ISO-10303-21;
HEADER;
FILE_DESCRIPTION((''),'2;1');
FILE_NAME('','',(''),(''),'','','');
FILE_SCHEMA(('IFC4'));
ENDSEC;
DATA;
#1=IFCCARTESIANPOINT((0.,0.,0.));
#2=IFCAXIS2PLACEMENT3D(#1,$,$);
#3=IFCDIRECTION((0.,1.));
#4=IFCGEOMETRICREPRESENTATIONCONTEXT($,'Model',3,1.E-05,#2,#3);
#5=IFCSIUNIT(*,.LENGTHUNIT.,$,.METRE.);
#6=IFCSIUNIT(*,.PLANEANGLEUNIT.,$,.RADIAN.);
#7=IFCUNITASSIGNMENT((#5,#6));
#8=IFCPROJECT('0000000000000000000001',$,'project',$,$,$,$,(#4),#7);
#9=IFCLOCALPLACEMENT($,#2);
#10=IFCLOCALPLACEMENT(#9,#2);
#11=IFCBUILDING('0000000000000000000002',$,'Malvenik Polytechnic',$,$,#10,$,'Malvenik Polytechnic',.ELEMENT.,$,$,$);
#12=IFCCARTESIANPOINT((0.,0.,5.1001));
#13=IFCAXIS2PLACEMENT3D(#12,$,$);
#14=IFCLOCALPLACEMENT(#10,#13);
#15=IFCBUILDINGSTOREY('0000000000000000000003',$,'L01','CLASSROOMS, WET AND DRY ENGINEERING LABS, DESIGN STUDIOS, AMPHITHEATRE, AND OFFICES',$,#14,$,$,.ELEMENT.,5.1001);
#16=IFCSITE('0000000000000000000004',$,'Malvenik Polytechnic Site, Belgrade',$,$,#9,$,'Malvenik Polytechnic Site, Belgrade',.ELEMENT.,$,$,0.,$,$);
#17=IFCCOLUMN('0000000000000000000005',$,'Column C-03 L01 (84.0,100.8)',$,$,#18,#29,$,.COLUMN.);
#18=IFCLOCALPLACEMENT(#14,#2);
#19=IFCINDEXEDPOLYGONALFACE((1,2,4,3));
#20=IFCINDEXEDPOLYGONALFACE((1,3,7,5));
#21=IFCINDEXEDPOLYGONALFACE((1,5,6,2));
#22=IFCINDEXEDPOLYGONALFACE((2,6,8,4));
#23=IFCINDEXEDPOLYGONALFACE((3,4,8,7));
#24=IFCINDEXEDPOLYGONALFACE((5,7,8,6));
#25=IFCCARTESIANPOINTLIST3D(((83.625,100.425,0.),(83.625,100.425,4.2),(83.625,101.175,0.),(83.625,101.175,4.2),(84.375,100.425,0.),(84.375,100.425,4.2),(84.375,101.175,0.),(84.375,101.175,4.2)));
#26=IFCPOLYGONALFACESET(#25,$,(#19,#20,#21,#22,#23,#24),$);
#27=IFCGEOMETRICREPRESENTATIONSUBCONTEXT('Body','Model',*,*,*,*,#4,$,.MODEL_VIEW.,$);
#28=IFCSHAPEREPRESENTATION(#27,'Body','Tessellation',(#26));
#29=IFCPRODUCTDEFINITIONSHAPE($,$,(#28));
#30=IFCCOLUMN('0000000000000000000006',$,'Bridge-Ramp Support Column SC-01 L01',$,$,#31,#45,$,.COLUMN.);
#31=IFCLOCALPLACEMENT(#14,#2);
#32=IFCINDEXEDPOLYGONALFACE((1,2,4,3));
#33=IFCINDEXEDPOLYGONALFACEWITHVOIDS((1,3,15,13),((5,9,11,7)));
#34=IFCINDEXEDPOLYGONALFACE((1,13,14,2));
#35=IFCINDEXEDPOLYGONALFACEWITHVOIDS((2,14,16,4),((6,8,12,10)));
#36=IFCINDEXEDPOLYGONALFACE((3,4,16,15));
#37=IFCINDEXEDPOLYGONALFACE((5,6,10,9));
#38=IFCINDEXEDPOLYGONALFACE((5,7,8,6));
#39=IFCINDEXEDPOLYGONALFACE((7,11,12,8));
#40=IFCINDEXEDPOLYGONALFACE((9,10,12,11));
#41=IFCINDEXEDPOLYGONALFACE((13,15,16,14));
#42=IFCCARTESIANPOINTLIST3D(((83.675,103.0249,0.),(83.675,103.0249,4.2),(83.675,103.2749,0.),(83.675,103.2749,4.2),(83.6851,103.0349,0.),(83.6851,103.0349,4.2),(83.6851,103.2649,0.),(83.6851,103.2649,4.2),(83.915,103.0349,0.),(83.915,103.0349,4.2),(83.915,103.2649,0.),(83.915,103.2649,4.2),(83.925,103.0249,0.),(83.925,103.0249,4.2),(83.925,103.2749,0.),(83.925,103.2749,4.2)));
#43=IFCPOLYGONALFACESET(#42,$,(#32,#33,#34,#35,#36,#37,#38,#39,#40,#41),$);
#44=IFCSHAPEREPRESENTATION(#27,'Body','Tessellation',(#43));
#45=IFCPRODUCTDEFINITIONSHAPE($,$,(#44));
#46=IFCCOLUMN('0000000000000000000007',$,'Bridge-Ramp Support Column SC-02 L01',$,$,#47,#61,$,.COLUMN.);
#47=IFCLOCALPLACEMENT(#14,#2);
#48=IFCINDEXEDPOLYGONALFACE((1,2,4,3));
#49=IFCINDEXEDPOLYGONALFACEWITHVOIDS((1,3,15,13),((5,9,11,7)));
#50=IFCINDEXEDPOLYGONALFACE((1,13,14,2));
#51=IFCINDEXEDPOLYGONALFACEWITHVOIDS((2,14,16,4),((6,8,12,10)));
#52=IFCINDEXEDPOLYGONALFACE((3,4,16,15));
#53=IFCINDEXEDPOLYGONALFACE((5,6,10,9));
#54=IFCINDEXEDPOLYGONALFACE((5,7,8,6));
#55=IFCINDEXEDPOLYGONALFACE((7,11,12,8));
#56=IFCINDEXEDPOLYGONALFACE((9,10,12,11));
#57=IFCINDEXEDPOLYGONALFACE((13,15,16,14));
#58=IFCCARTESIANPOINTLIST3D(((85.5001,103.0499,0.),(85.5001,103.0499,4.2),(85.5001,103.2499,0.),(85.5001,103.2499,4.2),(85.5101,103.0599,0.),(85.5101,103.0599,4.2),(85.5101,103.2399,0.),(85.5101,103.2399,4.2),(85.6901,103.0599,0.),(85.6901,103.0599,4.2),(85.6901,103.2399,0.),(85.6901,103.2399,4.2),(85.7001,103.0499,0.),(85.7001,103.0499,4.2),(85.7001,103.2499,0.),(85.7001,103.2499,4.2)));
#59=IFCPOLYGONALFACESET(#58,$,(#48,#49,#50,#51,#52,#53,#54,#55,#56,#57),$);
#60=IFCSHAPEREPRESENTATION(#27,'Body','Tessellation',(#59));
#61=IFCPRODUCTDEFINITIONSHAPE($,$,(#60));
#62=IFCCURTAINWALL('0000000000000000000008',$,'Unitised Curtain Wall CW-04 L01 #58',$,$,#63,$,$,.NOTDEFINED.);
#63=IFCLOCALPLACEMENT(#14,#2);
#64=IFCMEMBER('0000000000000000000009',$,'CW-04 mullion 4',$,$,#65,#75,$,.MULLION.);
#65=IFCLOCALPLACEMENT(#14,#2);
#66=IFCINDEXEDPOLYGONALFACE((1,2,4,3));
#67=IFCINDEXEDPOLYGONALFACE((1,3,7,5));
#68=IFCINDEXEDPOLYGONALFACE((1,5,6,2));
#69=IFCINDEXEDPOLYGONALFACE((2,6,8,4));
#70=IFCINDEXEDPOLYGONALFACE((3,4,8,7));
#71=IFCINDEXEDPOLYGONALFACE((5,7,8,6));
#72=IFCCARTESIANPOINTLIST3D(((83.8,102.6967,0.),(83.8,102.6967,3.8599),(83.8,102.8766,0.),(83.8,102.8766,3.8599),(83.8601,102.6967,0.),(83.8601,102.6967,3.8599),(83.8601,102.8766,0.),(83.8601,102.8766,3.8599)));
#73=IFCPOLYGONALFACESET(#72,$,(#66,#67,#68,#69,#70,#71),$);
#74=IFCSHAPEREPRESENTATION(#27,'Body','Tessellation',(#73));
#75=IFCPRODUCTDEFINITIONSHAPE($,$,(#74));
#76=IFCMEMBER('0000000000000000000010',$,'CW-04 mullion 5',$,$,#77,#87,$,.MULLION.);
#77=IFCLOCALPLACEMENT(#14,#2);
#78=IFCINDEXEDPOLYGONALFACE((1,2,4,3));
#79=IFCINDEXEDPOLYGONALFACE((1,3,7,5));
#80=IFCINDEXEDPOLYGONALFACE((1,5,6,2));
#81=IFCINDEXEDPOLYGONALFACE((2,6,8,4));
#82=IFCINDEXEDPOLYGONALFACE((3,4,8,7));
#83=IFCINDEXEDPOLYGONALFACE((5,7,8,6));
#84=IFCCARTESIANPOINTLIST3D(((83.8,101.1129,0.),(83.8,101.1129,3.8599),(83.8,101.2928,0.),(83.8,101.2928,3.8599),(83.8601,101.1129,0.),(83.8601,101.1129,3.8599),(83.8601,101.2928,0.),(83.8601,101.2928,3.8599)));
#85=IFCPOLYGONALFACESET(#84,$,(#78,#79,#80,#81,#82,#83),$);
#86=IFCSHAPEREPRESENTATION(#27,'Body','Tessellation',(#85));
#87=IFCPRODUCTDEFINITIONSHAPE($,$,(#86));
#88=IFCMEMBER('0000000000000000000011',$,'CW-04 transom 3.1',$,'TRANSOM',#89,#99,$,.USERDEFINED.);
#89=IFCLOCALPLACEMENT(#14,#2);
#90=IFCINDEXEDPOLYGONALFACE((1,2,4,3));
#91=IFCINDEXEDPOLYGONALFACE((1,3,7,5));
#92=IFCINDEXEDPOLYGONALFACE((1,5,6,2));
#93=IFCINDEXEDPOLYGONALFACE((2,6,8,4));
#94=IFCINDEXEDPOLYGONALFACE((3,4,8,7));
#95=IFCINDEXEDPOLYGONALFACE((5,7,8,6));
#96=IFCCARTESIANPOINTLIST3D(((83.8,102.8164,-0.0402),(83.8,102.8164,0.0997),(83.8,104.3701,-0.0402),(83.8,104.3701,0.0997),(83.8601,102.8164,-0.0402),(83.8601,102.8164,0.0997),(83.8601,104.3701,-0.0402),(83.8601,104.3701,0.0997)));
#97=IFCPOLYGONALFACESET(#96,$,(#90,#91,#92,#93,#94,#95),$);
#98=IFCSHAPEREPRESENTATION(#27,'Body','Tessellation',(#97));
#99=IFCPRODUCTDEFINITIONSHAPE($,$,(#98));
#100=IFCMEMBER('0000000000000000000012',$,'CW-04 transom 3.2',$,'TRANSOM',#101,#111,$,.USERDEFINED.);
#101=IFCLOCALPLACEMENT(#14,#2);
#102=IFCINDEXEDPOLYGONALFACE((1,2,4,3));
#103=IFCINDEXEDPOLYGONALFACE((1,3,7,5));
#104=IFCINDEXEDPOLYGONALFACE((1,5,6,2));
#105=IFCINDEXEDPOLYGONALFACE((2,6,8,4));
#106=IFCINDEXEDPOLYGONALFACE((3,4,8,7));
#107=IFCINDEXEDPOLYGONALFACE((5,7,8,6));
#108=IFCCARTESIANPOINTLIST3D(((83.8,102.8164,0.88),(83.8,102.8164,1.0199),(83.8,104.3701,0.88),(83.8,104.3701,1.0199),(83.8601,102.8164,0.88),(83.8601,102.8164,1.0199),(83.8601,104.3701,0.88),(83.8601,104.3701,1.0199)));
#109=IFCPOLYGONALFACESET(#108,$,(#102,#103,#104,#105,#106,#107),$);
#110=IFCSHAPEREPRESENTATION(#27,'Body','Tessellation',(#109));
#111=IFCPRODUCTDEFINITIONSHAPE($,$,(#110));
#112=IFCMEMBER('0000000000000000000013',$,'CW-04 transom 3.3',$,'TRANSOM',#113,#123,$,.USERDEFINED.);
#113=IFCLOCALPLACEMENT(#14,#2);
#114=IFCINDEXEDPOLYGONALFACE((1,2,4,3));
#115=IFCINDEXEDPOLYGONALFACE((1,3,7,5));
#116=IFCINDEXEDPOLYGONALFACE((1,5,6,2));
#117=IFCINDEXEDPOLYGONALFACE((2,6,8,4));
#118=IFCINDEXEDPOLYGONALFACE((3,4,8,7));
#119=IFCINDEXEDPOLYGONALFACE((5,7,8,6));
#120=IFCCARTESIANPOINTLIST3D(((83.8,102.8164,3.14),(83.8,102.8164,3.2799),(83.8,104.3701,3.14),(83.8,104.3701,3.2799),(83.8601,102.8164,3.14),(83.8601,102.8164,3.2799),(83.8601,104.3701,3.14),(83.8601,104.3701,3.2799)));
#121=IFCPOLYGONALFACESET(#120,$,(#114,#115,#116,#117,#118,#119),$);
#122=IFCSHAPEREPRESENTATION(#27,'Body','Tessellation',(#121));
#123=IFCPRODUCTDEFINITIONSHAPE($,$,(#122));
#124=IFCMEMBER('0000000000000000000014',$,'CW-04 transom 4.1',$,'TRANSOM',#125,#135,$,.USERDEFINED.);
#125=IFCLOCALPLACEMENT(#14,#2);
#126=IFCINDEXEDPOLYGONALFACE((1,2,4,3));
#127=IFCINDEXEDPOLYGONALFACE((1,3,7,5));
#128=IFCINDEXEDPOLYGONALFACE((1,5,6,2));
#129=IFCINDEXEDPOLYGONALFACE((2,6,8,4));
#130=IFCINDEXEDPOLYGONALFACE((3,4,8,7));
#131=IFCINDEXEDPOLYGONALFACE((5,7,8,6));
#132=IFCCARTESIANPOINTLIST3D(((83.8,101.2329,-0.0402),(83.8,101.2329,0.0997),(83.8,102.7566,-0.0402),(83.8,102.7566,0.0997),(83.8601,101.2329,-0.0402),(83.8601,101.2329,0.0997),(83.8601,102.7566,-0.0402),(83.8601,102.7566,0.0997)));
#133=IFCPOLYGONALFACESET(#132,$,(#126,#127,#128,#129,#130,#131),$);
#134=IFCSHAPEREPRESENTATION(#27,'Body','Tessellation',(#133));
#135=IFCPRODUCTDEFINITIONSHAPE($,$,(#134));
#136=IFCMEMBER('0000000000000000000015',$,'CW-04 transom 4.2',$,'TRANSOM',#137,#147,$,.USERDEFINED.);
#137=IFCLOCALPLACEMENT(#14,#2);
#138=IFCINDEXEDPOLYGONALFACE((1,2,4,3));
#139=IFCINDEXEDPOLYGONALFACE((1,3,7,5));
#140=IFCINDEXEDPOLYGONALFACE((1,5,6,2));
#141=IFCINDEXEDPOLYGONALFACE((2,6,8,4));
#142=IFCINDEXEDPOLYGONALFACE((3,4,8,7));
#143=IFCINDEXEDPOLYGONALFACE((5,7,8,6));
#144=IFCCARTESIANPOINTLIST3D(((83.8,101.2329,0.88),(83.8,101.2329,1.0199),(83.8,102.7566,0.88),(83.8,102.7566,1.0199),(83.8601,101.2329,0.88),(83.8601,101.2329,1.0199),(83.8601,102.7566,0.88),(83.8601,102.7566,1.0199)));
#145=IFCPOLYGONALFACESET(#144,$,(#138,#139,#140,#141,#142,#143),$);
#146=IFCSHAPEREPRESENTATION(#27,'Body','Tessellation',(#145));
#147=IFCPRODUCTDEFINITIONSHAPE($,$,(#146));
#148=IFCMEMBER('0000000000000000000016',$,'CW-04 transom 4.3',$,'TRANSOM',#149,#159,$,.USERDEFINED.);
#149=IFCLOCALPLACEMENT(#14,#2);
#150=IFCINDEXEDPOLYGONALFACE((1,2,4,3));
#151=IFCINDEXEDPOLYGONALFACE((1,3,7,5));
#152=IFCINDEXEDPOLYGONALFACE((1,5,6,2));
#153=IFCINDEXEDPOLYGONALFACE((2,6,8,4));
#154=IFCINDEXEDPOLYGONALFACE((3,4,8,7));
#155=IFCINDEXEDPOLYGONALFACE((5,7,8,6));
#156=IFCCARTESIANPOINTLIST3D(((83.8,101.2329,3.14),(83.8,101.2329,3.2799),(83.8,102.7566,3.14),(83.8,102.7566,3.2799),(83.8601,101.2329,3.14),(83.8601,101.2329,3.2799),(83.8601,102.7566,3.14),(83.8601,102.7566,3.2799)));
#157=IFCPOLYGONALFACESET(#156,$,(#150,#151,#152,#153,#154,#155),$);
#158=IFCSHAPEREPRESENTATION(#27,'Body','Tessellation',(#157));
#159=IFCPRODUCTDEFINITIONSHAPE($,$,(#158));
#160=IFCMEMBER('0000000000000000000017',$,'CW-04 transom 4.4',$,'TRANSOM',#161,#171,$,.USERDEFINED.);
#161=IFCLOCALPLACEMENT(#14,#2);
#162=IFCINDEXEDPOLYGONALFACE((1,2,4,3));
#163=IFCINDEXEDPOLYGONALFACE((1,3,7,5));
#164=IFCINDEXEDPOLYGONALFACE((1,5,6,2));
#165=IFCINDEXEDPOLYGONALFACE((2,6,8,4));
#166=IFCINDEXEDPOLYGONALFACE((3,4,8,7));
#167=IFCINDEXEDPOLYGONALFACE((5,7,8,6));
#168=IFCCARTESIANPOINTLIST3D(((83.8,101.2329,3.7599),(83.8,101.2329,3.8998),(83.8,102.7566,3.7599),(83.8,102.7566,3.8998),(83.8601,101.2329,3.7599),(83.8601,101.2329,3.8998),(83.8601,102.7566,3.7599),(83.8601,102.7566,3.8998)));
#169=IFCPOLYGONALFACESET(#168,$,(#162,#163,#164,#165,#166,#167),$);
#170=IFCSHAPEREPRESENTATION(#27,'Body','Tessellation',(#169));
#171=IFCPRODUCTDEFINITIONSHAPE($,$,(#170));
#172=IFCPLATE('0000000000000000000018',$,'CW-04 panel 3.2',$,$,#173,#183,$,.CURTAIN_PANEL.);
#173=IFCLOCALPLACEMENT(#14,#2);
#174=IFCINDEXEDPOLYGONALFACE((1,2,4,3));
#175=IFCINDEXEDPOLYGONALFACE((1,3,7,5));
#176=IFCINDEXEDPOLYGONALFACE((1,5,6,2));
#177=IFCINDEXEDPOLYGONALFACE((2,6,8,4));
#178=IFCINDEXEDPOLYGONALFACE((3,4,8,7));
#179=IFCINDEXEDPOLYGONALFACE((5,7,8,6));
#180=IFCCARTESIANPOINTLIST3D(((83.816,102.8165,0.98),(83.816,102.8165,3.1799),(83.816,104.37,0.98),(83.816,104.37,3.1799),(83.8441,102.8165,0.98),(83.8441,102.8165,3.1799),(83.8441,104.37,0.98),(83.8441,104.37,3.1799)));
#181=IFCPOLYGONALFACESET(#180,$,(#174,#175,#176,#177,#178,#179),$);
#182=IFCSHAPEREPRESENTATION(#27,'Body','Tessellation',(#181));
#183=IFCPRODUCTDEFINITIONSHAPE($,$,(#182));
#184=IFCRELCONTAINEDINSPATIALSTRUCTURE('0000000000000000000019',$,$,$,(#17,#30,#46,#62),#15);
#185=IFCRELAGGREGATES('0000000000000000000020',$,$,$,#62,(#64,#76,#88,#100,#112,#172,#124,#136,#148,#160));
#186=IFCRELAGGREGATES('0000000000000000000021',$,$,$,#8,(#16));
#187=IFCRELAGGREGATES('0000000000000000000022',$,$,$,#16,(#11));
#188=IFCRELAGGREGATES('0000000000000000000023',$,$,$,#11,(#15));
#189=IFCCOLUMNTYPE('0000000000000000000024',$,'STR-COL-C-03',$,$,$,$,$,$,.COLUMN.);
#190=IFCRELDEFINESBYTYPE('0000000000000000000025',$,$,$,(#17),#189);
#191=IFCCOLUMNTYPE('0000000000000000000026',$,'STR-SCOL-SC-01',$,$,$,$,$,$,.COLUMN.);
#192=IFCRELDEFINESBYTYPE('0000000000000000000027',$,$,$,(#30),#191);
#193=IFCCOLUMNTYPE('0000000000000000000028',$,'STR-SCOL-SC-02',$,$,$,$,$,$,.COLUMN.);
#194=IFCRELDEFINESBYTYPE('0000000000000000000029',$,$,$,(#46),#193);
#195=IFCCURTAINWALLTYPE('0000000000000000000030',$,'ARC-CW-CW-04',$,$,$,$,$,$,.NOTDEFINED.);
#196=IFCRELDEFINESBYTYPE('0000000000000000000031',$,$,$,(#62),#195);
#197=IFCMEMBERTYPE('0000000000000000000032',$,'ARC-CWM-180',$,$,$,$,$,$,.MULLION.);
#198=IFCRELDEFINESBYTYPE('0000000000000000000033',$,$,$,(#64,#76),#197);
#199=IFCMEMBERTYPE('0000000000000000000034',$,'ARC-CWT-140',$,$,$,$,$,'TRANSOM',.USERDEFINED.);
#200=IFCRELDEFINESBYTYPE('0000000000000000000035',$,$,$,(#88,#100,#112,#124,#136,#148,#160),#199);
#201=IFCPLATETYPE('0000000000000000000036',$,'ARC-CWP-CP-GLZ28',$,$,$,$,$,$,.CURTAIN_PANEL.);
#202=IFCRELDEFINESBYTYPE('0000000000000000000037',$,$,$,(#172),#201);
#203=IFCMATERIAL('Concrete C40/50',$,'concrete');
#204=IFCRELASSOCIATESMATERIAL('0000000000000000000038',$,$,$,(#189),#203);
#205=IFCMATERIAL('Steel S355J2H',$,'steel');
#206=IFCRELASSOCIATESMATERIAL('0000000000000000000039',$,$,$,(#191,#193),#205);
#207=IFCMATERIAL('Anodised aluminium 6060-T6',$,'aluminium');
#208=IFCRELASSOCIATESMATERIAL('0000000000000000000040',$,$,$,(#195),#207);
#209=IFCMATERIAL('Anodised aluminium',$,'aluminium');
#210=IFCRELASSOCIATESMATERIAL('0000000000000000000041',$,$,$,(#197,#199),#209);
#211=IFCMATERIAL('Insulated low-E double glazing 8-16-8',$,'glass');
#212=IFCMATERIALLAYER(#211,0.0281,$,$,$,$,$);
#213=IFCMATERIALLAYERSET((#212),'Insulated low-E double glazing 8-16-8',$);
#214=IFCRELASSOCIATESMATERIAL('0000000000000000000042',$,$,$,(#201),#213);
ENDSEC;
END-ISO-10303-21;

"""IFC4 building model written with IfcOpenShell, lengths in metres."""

from ifc_helpers import new_model, si_unit, direction, frame, origin, origin_2d, place, context, subcontext, project, spatial, rectangle, hollow_rectangle, extrude, material, layer, layer_set, material_profile, profile_set, type_object, element, aggregate, save


model = new_model("IFC4")

# Units and contexts
model_context = context("Model", 3, precision=1e-05, world=origin(), true_north=direction((0.0, 1.0)))
body_context = subcontext(model_context, "Body", "Model", "MODEL_VIEW")
ifc_project = project(units=[si_unit("LENGTHUNIT", "METRE"), si_unit("PLANEANGLEUNIT", "RADIAN")], contexts=[model_context])

# Site, building, storey
site_placement = place(None, origin())
site = spatial("IfcSite", under=ifc_project, at=site_placement, Name="Malvenik Polytechnic Site, Belgrade", LongName="Malvenik Polytechnic Site, Belgrade", CompositionType="ELEMENT", RefElevation=0.0)
building_placement = place(site_placement, origin())
building = spatial("IfcBuilding", under=site, at=building_placement, Name="Malvenik Polytechnic", LongName="Malvenik Polytechnic", CompositionType="ELEMENT")
storey_placement = place(building_placement, frame((0.0, 0.0, 5.1001)))
storey = spatial("IfcBuildingStorey", under=building, at=storey_placement, Name="L01", Description="CLASSROOMS, WET AND DRY ENGINEERING LABS, DESIGN STUDIOS, AMPHITHEATRE, AND OFFICES", CompositionType="ELEMENT", Elevation=5.1001)

# Columns
ifc_material_1 = material(Name="Concrete C40/50", Category="concrete")
ifc_material_profile_1 = material_profile(ifc_material_1, rectangle(XDim=0.75, YDim=0.75, at=origin_2d()), Name="RC COL 750x750")
ifc_profile_set_1 = profile_set([ifc_material_profile_1], Name="Concrete C40/50")
column_type_1 = type_object("IfcColumnType", Name="STR-COL-C-03", PredefinedType="COLUMN", material=ifc_profile_set_1)
column_1_placement = place(storey_placement, frame((84.0, 100.8, 0.0), z_axis=(0.0, 0.0, 1.0), x_axis=(1.0, 0.0, 0.0)))
element("IfcColumn", 1, at=column_1_placement, inside=storey, type_object=column_type_1, Name="Column C-03 L01 (84.0,100.8)", PredefinedType="COLUMN", context=body_context, shape_type="SweptSolid", body=[
    extrude(rectangle(XDim=0.75, YDim=0.75, at=origin_2d()), origin(), (0.0, 0.0, 1.0), 4.2),
])
ifc_material_2 = material(Name="Steel S355J2H", Category="steel")
ifc_material_profile_2 = material_profile(ifc_material_2, hollow_rectangle(XDim=0.25, YDim=0.25, WallThickness=0.01, at=origin_2d()), Name="SHS 250x250x10.0")
ifc_profile_set_2 = profile_set([ifc_material_profile_2], Name="Steel S355J2H")
column_type_2 = type_object("IfcColumnType", Name="STR-SCOL-SC-01", PredefinedType="COLUMN", material=ifc_profile_set_2)
column_2_placement = place(storey_placement, frame((83.8, 103.1499, 0.0), z_axis=(0.0, 0.0, 1.0), x_axis=(1.0, 0.0, 0.0)))
element("IfcColumn", 2, at=column_2_placement, inside=storey, type_object=column_type_2, Name="Bridge-Ramp Support Column SC-01 L01", PredefinedType="COLUMN", context=body_context, shape_type="SweptSolid", body=[
    extrude(hollow_rectangle(XDim=0.25, YDim=0.25, WallThickness=0.01, at=origin_2d()), origin(), (0.0, 0.0, 1.0), 4.2),
])
ifc_material_profile_3 = material_profile(ifc_material_2, hollow_rectangle(XDim=0.2, YDim=0.2, WallThickness=0.01, at=origin_2d()), Name="SHS 200x200x10.0")
ifc_profile_set_3 = profile_set([ifc_material_profile_3], Name="Steel S355J2H")
column_type_3 = type_object("IfcColumnType", Name="STR-SCOL-SC-02", PredefinedType="COLUMN", material=ifc_profile_set_3)
column_3_placement = place(storey_placement, frame((85.6001, 103.1499, 0.0), z_axis=(0.0, 0.0, 1.0), x_axis=(1.0, 0.0, 0.0)))
element("IfcColumn", 3, at=column_3_placement, inside=storey, type_object=column_type_3, Name="Bridge-Ramp Support Column SC-02 L01", PredefinedType="COLUMN", context=body_context, shape_type="SweptSolid", body=[
    extrude(hollow_rectangle(XDim=0.2, YDim=0.2, WallThickness=0.01, at=origin_2d()), origin(), (0.0, 0.0, 1.0), 4.2),
])

# Curtain wall, members, plate
ifc_material_3 = material(Name="Anodised aluminium 6060-T6", Category="aluminium")
curtain_wall_type = type_object("IfcCurtainWallType", Name="ARC-CW-CW-04", PredefinedType="NOTDEFINED", material=ifc_material_3)
curtain_wall_placement = place(storey_placement, origin())
curtain_wall = element("IfcCurtainWall", 4, at=curtain_wall_placement, inside=storey, type_object=curtain_wall_type, Name="Unitised Curtain Wall CW-04 L01 #58", PredefinedType="NOTDEFINED")
ifc_material_4 = material(Name="Anodised aluminium", Category="aluminium")
ifc_material_profile_4 = material_profile(ifc_material_4, rectangle(XDim=0.0601, YDim=0.1799, at=origin_2d()), Name="ALU MULLION 60x180")
ifc_profile_set_4 = profile_set([ifc_material_profile_4], Name="Anodised aluminium")
member_type_1 = type_object("IfcMemberType", Name="ARC-CWM-180", PredefinedType="MULLION", material=ifc_profile_set_4)
member_1_placement = place(storey_placement, frame((83.8301, 102.7866, 0.0), z_axis=(0.0, 0.0, 1.0), x_axis=(1.0, 0.0, 0.0)))
member_1 = element("IfcMember", 5, at=member_1_placement, type_object=member_type_1, Name="CW-04 mullion 4", PredefinedType="MULLION", context=body_context, shape_type="SweptSolid", body=[
    extrude(rectangle(XDim=0.0601, YDim=0.1799, at=origin_2d()), origin(), (0.0, 0.0, 1.0), 3.8599),
])
member_2_placement = place(storey_placement, frame((83.8301, 101.2029, 0.0), z_axis=(0.0, 0.0, 1.0), x_axis=(1.0, 0.0, 0.0)))
member_2 = element("IfcMember", 6, at=member_2_placement, type_object=member_type_1, Name="CW-04 mullion 5", PredefinedType="MULLION", context=body_context, shape_type="SweptSolid", body=[
    extrude(rectangle(XDim=0.0601, YDim=0.1799, at=origin_2d()), origin(), (0.0, 0.0, 1.0), 3.8599),
])
ifc_material_profile_5 = material_profile(ifc_material_4, rectangle(XDim=0.0601, YDim=0.1399, at=origin_2d()), Name="ALU TRANSOM 60x140")
ifc_profile_set_5 = profile_set([ifc_material_profile_5], Name="Anodised aluminium")
member_type_2 = type_object("IfcMemberType", Name="ARC-CWT-140", ElementType="TRANSOM", PredefinedType="USERDEFINED", material=ifc_profile_set_5)
member_3_placement = place(storey_placement, frame((83.8301, 104.3701, 0.0298), z_axis=(0.0, -1.0, 0.0), x_axis=(1.0, 0.0, 0.0)))
member_3 = element("IfcMember", 7, at=member_3_placement, type_object=member_type_2, Name="CW-04 transom 3.1", ObjectType="TRANSOM", PredefinedType="USERDEFINED", context=body_context, shape_type="SweptSolid", body=[
    extrude(rectangle(XDim=0.0601, YDim=0.1399, at=origin_2d()), origin(), (0.0, 0.0, 1.0), 1.5537),
])
member_4_placement = place(storey_placement, frame((83.8301, 104.3701, 0.95), z_axis=(0.0, -1.0, 0.0), x_axis=(1.0, 0.0, 0.0)))
member_4 = element("IfcMember", 8, at=member_4_placement, type_object=member_type_2, Name="CW-04 transom 3.2", ObjectType="TRANSOM", PredefinedType="USERDEFINED", context=body_context, shape_type="SweptSolid", body=[
    extrude(rectangle(XDim=0.0601, YDim=0.1399, at=origin_2d()), origin(), (0.0, 0.0, 1.0), 1.5537),
])
member_5_placement = place(storey_placement, frame((83.8301, 104.3701, 3.21), z_axis=(0.0, -1.0, 0.0), x_axis=(1.0, 0.0, 0.0)))
member_5 = element("IfcMember", 9, at=member_5_placement, type_object=member_type_2, Name="CW-04 transom 3.3", ObjectType="TRANSOM", PredefinedType="USERDEFINED", context=body_context, shape_type="SweptSolid", body=[
    extrude(rectangle(XDim=0.0601, YDim=0.1399, at=origin_2d()), origin(), (0.0, 0.0, 1.0), 1.5537),
])
member_6_placement = place(storey_placement, frame((83.8301, 102.7566, 0.0298), z_axis=(0.0, -1.0, 0.0), x_axis=(1.0, 0.0, 0.0)))
member_6 = element("IfcMember", 10, at=member_6_placement, type_object=member_type_2, Name="CW-04 transom 4.1", ObjectType="TRANSOM", PredefinedType="USERDEFINED", context=body_context, shape_type="SweptSolid", body=[
    extrude(rectangle(XDim=0.0601, YDim=0.1399, at=origin_2d()), origin(), (0.0, 0.0, 1.0), 1.5237),
])
member_7_placement = place(storey_placement, frame((83.8301, 102.7566, 0.95), z_axis=(0.0, -1.0, 0.0), x_axis=(1.0, 0.0, 0.0)))
member_7 = element("IfcMember", 11, at=member_7_placement, type_object=member_type_2, Name="CW-04 transom 4.2", ObjectType="TRANSOM", PredefinedType="USERDEFINED", context=body_context, shape_type="SweptSolid", body=[
    extrude(rectangle(XDim=0.0601, YDim=0.1399, at=origin_2d()), origin(), (0.0, 0.0, 1.0), 1.5237),
])
member_8_placement = place(storey_placement, frame((83.8301, 102.7566, 3.21), z_axis=(0.0, -1.0, 0.0), x_axis=(1.0, 0.0, 0.0)))
member_8 = element("IfcMember", 12, at=member_8_placement, type_object=member_type_2, Name="CW-04 transom 4.3", ObjectType="TRANSOM", PredefinedType="USERDEFINED", context=body_context, shape_type="SweptSolid", body=[
    extrude(rectangle(XDim=0.0601, YDim=0.1399, at=origin_2d()), origin(), (0.0, 0.0, 1.0), 1.5237),
])
member_9_placement = place(storey_placement, frame((83.8301, 102.7566, 3.8298), z_axis=(0.0, -1.0, 0.0), x_axis=(1.0, 0.0, 0.0)))
member_9 = element("IfcMember", 13, at=member_9_placement, type_object=member_type_2, Name="CW-04 transom 4.4", ObjectType="TRANSOM", PredefinedType="USERDEFINED", context=body_context, shape_type="SweptSolid", body=[
    extrude(rectangle(XDim=0.0601, YDim=0.1399, at=origin_2d()), origin(), (0.0, 0.0, 1.0), 1.5237),
])
ifc_material_5 = material(Name="Insulated low-E double glazing 8-16-8", Category="glass")
ifc_layer_1 = layer(ifc_material_5, 0.0281)
ifc_layer_set_1 = layer_set([ifc_layer_1], Name="Insulated low-E double glazing 8-16-8")
plate_type_1 = type_object("IfcPlateType", Name="ARC-CWP-CP-GLZ28", PredefinedType="CURTAIN_PANEL", material=ifc_layer_set_1)
plate_1_placement = place(storey_placement, frame((83.8301, 103.5933, 0.98), z_axis=(0.0, 0.0, 1.0), x_axis=(0.0, -1.0, 0.0)))
plate_1 = element("IfcPlate", 14, at=plate_1_placement, type_object=plate_type_1, Name="CW-04 panel 3.2", PredefinedType="CURTAIN_PANEL", context=body_context, shape_type="SweptSolid", body=[
    extrude(rectangle(XDim=1.5535, YDim=0.0281, at=origin_2d()), origin(), (0.0, 0.0, 1.0), 2.2),
])
aggregate(curtain_wall, [member_1, member_2, member_3, member_4, member_5, plate_1, member_6, member_7, member_8, member_9])

save(model, "model.ifc")
